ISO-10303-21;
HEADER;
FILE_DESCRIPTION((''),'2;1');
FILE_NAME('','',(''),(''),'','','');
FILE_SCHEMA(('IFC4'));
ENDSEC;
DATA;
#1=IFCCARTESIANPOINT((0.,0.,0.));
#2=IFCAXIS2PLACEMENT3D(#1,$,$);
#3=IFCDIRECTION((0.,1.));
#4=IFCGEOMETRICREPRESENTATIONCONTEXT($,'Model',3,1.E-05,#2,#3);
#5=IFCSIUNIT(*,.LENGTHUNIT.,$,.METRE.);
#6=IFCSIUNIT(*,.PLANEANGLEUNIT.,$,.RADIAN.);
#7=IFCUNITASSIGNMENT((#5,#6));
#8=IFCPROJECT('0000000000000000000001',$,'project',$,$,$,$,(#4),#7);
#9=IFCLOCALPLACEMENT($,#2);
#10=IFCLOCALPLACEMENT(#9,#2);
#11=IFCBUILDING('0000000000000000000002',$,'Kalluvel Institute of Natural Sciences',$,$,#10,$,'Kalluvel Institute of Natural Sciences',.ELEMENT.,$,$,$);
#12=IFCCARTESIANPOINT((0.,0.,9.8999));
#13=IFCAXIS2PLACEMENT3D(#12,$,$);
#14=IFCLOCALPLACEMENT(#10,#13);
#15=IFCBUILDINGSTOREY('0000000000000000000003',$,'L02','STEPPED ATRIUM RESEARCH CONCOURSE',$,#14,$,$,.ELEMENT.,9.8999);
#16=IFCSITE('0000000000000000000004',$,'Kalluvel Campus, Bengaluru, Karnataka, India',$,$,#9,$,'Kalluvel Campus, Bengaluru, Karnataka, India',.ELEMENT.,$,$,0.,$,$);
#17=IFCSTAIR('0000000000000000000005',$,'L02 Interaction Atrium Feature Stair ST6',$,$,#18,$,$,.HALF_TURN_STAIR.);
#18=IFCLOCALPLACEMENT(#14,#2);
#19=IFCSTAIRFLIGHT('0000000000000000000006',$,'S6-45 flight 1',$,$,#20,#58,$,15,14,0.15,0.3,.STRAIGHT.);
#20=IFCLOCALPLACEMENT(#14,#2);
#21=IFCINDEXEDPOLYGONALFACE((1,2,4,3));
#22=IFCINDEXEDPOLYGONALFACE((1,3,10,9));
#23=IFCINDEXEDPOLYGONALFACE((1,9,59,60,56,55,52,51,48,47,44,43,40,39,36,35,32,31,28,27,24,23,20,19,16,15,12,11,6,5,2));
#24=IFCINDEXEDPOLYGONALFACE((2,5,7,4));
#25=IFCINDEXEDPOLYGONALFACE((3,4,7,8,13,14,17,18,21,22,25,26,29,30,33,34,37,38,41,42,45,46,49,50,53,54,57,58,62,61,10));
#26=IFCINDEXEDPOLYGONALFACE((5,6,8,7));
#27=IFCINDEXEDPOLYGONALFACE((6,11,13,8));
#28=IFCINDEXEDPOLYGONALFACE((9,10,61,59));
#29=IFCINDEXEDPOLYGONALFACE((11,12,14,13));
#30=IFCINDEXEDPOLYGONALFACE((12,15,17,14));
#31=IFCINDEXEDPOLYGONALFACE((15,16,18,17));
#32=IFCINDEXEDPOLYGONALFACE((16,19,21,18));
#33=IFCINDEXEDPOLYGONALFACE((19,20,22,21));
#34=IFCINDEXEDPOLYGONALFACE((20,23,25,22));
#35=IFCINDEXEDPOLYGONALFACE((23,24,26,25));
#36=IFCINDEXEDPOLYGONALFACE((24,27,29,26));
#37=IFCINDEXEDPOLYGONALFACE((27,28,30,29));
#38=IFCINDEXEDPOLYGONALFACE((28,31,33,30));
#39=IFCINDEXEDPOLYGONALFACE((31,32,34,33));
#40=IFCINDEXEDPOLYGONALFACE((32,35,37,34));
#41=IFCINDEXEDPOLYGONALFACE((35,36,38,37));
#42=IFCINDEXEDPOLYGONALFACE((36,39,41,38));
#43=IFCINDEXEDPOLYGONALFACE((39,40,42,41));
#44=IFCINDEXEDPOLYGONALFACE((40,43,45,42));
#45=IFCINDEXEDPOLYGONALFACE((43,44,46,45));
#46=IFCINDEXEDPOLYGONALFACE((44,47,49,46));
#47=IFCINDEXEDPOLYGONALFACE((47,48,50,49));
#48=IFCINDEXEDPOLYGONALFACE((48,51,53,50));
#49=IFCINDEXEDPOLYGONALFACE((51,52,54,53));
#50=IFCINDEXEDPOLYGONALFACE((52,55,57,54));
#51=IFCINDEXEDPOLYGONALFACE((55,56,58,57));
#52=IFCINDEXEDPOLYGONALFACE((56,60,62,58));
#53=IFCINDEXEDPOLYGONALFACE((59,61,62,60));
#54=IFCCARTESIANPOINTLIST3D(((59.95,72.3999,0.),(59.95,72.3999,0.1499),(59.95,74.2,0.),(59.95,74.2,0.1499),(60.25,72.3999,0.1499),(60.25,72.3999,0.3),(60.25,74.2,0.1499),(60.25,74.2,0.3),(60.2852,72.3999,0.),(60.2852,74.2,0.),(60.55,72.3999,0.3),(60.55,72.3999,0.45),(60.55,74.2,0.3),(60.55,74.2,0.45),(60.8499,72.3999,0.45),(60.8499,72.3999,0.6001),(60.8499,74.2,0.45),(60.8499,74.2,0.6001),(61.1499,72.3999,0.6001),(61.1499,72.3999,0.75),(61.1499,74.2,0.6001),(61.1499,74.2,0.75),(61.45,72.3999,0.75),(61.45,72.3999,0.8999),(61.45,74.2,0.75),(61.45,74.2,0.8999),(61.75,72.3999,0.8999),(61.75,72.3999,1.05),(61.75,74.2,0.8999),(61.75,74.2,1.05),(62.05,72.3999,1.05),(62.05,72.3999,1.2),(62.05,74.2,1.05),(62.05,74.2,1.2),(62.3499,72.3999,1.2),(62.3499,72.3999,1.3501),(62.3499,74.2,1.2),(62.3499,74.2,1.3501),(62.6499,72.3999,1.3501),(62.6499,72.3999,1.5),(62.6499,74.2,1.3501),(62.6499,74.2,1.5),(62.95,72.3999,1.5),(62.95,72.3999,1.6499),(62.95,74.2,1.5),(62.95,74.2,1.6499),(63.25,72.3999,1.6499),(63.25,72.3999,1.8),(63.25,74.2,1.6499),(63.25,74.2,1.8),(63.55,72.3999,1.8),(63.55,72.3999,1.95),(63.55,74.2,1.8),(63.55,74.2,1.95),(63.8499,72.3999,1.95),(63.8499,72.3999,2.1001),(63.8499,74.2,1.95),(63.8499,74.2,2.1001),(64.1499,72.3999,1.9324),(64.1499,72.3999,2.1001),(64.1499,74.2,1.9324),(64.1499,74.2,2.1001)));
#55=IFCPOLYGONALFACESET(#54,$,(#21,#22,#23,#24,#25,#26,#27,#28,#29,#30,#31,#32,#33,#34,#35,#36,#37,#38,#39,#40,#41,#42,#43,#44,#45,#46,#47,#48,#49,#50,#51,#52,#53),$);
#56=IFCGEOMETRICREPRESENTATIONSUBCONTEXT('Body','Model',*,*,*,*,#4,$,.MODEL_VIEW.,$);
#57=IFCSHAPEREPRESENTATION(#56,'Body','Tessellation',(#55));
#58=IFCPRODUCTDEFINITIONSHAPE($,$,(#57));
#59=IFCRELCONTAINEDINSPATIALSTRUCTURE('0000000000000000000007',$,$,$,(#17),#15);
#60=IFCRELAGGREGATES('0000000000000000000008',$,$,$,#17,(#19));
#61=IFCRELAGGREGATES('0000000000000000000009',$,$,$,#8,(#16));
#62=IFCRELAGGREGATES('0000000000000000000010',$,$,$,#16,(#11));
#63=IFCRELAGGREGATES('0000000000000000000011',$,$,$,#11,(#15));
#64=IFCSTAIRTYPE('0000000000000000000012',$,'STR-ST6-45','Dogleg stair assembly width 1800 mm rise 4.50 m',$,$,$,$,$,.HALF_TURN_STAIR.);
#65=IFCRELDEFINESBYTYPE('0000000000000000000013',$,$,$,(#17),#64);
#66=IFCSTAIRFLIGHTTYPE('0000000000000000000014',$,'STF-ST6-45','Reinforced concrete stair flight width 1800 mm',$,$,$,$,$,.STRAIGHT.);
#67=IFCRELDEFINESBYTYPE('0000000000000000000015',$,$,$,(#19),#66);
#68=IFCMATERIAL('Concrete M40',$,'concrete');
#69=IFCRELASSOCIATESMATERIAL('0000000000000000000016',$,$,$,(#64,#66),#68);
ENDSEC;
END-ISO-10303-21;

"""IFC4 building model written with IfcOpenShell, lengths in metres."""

from ifc_helpers import new_model, si_unit, direction, frame, origin, place, context, subcontext, project, spatial, polyline, outline, extrude, material, type_object, element, aggregate, save


model = new_model("IFC4")

# Units and contexts
model_context = context("Model", 3, precision=1e-05, world=origin(), true_north=direction((0.0, 1.0)))
body_context = subcontext(model_context, "Body", "Model", "MODEL_VIEW")
ifc_project = project(units=[si_unit("LENGTHUNIT", "METRE"), si_unit("PLANEANGLEUNIT", "RADIAN")], contexts=[model_context])

# Site, building, storey
site_placement = place(None, origin())
site = spatial("IfcSite", under=ifc_project, at=site_placement, Name="Kalluvel Campus, Bengaluru, Karnataka, India", LongName="Kalluvel Campus, Bengaluru, Karnataka, India", CompositionType="ELEMENT", RefElevation=0.0)
building_placement = place(site_placement, origin())
building = spatial("IfcBuilding", under=site, at=building_placement, Name="Kalluvel Institute of Natural Sciences", LongName="Kalluvel Institute of Natural Sciences", CompositionType="ELEMENT")
storey_placement = place(building_placement, frame((0.0, 0.0, 9.8999)))
storey = spatial("IfcBuildingStorey", under=building, at=storey_placement, Name="L02", Description="STEPPED ATRIUM RESEARCH CONCOURSE", CompositionType="ELEMENT", Elevation=9.8999)

# Shared definitions
ifc_material_1 = material(Name="Concrete M40", Category="concrete")

# Stair, stair flight
stair_type = type_object("IfcStairType", Name="STR-ST6-45", Description="Dogleg stair assembly width 1800 mm rise 4.50 m", PredefinedType="HALF_TURN_STAIR", material=ifc_material_1)
stair_placement = place(storey_placement, origin())
stair = element("IfcStair", 1, at=stair_placement, inside=storey, type_object=stair_type, Name="L02 Interaction Atrium Feature Stair ST6", PredefinedType="HALF_TURN_STAIR")
stair_flight_type = type_object("IfcStairFlightType", Name="STF-ST6-45", Description="Reinforced concrete stair flight width 1800 mm", PredefinedType="STRAIGHT", material=ifc_material_1)
stair_flight_placement = place(storey_placement, frame((59.95, 73.3, 0.0), z_axis=(0.0, 0.0, 1.0), x_axis=(1.0, 0.0, 0.0)))
stair_flight = element("IfcStairFlight", 2, at=stair_flight_placement, type_object=stair_flight_type, Name="S6-45 flight 1", NumberOfRisers=15, NumberOfTreads=14, PredefinedType="STRAIGHT", RiserHeight=0.15, TreadLength=0.3, context=body_context, shape_type="SweptSolid", body=[
    extrude(outline(polyline([(0.0, 0.0), (0.0, 0.1499), (0.3, 0.1499), (0.3, 0.3), (0.6001, 0.3), (0.6001, 0.45), (0.8999, 0.45), (0.8999, 0.6001), (1.2, 0.6001), (1.2, 0.75), (1.5, 0.75), (1.5, 0.8999), (1.8, 0.8999), (1.8, 1.05), (2.1001, 1.05), (2.1001, 1.2), (2.3999, 1.2), (2.3999, 1.3501), (2.7, 1.3501), (2.7, 1.5), (3.0, 1.5), (3.0, 1.6499), (3.3, 1.6499), (3.3, 1.8), (3.6001, 1.8), (3.6001, 1.95), (3.8999, 1.95), (3.8999, 2.1001), (4.2, 2.1001), (4.2, 2.25), (4.2, 1.9324), (0.3352, 0.0), (0.0, 0.0)])), frame((0.0, 0.8999, 0.0), z_axis=(0.0, -1.0, 0.0), x_axis=(1.0, 0.0, 0.0)), (0.0, 0.0, 1.0), 1.8),
])
aggregate(stair, [stair_flight])

save(model, "model.ifc")
